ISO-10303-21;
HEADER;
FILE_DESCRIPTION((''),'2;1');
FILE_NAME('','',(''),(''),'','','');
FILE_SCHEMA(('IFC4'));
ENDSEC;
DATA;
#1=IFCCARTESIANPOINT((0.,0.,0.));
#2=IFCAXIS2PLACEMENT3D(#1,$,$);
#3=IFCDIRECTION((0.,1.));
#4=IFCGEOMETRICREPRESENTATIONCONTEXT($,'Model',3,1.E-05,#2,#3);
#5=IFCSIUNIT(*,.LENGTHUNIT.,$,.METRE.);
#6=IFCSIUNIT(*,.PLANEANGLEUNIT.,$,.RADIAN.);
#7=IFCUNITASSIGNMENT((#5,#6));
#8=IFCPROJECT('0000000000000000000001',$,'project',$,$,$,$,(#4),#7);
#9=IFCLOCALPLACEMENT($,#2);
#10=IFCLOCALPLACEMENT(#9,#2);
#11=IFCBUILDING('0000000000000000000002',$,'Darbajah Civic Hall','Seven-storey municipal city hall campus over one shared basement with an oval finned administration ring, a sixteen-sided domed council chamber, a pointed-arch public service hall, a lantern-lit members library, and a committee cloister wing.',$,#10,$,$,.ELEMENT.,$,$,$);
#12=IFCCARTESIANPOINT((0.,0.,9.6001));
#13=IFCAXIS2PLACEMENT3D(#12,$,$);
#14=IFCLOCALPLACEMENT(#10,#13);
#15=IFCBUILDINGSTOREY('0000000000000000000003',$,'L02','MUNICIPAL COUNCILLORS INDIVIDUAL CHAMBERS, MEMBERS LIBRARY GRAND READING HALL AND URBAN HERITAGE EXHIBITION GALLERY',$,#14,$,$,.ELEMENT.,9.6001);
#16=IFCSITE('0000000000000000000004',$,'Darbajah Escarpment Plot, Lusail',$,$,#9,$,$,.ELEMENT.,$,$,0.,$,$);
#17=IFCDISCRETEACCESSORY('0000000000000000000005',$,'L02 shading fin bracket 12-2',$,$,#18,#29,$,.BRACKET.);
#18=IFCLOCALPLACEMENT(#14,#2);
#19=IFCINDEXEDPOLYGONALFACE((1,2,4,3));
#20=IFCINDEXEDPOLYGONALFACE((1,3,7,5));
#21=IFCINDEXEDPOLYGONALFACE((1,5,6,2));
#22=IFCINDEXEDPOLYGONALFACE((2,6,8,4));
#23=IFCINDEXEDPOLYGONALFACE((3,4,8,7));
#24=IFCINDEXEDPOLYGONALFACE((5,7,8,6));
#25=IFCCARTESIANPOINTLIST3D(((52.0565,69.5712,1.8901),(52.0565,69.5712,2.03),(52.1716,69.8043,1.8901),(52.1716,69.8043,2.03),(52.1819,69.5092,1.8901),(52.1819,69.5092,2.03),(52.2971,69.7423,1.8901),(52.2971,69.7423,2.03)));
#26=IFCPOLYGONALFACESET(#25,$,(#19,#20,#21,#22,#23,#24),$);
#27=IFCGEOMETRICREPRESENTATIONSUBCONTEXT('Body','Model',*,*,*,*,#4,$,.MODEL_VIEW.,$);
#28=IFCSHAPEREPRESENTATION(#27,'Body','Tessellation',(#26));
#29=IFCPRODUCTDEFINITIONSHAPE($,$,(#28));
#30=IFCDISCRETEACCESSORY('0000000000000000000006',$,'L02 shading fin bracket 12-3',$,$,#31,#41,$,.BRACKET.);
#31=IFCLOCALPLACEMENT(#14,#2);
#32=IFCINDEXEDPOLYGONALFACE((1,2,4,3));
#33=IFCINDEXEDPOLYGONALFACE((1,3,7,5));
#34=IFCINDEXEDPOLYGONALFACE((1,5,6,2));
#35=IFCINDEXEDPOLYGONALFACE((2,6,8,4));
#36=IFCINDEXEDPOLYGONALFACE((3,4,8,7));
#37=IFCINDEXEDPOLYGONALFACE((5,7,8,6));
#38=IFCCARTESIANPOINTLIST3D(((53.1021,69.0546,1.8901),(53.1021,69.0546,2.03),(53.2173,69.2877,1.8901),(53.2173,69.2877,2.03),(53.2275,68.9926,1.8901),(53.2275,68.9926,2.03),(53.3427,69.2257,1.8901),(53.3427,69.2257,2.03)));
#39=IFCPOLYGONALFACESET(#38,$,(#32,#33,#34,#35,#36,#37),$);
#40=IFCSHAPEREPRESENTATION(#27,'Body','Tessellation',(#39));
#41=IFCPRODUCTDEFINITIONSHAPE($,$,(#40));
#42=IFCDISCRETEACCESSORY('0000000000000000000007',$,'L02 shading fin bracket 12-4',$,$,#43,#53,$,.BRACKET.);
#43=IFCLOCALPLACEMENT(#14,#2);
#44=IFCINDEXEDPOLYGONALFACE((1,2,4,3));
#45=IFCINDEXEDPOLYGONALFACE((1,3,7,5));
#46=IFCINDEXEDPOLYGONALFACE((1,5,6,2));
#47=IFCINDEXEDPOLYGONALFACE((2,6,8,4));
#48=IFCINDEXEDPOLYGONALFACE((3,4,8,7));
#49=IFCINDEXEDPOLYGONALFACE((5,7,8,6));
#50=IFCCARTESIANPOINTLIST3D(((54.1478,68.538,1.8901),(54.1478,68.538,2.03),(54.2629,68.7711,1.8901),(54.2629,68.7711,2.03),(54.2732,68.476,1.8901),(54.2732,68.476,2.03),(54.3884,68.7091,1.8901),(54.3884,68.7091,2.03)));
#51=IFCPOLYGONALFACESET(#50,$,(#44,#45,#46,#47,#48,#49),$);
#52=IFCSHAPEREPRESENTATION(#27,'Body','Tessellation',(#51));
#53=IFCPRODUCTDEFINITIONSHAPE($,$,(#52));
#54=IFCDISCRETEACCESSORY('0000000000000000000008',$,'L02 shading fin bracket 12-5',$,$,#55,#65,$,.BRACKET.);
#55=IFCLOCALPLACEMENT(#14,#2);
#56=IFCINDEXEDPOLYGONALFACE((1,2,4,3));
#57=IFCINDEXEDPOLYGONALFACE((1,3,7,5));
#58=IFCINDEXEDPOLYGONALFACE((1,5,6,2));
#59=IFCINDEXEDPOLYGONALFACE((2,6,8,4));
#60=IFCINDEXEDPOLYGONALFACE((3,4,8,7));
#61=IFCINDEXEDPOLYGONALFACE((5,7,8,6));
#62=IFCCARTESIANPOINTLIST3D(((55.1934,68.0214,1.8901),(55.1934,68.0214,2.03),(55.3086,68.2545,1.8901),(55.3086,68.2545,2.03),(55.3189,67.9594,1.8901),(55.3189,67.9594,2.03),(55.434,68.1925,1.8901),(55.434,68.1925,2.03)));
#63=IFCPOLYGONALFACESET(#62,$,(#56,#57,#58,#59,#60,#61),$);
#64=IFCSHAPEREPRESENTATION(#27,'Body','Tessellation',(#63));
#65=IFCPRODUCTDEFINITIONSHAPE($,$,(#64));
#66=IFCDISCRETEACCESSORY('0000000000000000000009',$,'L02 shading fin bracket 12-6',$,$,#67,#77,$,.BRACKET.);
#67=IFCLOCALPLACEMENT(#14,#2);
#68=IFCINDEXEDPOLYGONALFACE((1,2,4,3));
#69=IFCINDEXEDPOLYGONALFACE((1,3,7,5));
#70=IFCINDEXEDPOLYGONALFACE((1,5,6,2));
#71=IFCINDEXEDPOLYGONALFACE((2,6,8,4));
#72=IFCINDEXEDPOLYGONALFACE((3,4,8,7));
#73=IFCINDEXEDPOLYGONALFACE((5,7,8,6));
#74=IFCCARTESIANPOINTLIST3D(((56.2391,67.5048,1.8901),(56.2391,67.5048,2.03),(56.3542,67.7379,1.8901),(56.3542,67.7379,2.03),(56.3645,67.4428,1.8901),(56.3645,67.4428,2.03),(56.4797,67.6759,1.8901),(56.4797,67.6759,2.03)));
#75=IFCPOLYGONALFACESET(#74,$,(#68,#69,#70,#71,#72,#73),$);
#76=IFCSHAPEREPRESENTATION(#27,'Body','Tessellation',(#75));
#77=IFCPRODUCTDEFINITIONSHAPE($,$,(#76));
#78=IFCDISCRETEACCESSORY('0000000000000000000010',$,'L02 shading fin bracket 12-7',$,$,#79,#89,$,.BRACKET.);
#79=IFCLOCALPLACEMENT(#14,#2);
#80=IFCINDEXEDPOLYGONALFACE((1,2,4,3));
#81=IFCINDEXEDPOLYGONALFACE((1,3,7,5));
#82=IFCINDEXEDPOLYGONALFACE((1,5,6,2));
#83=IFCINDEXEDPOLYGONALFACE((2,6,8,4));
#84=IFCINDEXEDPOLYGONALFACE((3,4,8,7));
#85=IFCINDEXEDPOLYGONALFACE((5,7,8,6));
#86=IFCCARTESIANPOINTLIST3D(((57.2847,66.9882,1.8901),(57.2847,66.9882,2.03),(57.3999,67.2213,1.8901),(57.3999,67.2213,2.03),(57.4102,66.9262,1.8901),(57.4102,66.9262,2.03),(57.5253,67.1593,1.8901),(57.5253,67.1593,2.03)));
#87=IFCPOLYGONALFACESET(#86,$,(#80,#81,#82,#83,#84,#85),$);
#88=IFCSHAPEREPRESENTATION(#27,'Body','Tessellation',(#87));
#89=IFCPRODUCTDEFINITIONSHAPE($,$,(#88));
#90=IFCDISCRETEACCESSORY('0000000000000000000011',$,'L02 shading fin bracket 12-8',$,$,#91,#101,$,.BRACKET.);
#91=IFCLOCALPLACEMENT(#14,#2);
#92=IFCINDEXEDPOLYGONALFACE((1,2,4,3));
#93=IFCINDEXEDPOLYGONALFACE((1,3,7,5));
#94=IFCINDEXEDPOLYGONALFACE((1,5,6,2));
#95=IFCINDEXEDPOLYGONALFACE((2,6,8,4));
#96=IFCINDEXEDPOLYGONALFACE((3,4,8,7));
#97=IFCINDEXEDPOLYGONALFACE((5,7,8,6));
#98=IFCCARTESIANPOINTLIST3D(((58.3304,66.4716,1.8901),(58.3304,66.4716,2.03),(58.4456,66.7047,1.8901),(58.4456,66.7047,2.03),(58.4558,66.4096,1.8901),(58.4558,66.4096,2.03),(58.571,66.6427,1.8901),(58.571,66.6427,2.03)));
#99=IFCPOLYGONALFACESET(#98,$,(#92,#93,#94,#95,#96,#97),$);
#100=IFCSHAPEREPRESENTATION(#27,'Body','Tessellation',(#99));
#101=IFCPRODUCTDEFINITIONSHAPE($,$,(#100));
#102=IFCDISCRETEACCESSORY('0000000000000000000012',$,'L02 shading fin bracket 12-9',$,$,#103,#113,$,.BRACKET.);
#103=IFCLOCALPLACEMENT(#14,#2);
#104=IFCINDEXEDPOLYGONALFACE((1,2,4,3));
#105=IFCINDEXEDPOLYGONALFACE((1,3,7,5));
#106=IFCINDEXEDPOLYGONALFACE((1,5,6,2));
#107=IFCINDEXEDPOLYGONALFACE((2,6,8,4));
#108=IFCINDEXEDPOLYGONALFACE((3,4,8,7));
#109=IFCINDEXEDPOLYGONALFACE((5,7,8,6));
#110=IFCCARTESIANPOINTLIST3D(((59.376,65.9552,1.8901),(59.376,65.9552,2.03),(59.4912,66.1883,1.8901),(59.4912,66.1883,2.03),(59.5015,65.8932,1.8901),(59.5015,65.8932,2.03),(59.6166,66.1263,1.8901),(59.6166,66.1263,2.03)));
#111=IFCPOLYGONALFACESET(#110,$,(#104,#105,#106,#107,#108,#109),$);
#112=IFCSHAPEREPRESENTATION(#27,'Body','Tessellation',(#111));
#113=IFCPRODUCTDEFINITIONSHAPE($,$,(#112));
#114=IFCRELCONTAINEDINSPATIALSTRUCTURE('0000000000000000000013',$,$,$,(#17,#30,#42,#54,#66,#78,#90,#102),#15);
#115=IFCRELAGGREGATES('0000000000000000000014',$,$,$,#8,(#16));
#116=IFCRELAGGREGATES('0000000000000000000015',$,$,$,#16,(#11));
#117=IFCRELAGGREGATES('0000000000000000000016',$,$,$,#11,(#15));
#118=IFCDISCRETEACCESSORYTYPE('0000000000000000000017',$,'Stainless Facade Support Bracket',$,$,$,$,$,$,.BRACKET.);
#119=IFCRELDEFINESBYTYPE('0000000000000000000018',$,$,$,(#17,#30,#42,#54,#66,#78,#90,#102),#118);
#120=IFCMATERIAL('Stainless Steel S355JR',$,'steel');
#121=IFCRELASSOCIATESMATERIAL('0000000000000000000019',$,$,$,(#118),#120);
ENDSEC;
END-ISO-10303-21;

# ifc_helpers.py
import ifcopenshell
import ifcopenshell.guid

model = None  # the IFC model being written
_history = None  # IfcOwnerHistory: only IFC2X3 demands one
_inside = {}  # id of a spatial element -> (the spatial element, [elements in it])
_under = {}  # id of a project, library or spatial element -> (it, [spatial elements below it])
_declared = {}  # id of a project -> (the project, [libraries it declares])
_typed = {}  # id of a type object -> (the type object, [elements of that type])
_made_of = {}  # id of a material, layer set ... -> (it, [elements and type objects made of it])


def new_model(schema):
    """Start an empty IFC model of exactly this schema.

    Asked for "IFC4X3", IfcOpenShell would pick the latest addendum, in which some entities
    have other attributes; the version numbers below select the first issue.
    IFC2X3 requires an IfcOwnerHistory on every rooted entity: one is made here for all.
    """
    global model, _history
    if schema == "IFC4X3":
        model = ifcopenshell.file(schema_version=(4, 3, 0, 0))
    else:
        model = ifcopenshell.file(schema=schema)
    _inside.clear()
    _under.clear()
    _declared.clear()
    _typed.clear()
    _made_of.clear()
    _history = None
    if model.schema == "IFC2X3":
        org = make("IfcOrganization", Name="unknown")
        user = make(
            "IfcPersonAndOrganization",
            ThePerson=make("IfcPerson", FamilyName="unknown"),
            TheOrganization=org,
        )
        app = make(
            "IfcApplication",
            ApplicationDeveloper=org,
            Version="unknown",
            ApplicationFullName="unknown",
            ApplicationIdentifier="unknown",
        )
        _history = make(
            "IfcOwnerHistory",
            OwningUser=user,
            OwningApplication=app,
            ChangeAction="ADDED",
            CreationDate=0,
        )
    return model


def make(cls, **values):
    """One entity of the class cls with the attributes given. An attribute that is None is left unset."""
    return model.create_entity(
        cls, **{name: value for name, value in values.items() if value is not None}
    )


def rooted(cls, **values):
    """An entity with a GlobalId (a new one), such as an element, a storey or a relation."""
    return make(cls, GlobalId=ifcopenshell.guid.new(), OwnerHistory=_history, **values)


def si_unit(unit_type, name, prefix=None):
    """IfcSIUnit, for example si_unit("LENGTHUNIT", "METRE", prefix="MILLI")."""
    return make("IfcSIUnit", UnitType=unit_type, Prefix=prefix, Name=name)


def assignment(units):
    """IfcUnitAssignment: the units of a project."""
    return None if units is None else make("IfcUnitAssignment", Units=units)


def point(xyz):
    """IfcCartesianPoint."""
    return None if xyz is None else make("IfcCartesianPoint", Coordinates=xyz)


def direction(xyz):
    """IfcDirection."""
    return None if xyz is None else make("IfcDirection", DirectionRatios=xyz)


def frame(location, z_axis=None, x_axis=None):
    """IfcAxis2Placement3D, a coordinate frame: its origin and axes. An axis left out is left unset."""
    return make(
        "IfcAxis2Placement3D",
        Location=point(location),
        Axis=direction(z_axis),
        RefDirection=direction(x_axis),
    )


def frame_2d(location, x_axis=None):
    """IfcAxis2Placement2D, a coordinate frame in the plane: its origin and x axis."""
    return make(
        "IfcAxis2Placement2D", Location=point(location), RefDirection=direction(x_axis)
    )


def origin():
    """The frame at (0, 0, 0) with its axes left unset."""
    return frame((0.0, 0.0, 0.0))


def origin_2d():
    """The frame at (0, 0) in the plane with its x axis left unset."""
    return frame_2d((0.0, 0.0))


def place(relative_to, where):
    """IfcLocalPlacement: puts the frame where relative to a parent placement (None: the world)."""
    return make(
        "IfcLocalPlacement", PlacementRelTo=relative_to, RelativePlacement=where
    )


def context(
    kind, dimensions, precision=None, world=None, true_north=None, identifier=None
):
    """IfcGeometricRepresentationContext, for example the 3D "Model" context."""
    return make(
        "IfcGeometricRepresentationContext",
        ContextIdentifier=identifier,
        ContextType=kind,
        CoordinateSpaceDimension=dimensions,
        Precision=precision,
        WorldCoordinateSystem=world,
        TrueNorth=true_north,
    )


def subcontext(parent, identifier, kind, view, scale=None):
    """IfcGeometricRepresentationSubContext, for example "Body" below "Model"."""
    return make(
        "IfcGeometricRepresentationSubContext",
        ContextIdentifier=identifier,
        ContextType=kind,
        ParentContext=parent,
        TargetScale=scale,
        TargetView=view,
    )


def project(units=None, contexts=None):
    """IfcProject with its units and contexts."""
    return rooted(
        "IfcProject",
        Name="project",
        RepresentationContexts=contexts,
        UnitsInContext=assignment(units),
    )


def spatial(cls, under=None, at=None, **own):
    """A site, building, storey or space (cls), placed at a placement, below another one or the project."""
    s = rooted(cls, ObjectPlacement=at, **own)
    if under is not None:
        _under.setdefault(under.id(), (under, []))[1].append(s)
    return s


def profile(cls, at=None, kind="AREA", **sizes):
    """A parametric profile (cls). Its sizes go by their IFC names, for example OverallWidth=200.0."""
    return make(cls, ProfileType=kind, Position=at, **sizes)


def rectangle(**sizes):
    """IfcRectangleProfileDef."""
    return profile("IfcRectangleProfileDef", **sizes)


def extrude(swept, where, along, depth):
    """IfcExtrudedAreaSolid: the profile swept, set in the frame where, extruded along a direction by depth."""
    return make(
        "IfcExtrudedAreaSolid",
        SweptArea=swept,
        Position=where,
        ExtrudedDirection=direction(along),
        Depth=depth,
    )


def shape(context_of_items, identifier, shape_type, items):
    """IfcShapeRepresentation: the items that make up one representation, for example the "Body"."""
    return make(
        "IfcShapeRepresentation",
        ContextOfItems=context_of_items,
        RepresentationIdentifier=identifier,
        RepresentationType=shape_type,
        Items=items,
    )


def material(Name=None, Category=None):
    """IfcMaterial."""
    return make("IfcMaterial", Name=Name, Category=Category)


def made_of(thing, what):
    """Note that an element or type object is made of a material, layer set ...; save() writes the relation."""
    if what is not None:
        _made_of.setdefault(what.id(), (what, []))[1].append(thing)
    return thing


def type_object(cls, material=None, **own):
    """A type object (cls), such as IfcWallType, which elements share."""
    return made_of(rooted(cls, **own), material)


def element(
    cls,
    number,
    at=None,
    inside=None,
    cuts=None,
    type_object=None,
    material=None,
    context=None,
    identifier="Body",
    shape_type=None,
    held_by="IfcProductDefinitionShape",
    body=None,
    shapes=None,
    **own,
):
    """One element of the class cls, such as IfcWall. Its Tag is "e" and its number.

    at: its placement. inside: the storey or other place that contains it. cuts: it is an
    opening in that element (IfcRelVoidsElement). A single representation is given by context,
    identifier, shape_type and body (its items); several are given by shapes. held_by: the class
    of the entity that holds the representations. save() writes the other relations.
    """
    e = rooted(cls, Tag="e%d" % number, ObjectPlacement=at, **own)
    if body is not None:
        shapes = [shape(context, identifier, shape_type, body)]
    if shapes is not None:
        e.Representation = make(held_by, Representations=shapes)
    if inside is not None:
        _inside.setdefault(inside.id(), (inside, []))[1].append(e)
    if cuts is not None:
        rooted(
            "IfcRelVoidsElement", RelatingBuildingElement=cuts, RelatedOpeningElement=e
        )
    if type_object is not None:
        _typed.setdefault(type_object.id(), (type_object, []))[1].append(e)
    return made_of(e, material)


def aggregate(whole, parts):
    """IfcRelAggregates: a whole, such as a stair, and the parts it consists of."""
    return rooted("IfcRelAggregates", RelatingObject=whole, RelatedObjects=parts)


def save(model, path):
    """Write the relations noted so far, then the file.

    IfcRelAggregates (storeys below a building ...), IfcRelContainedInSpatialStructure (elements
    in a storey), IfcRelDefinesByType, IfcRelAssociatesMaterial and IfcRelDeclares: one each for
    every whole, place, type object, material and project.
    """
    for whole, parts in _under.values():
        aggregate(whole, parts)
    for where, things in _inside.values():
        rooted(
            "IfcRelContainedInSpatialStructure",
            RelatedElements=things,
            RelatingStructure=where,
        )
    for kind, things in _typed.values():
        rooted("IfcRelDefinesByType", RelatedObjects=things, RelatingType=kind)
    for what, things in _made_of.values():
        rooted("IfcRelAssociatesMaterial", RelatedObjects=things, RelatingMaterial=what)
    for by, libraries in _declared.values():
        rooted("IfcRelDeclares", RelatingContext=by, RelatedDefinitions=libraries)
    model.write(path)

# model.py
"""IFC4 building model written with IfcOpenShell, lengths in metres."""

from ifc_helpers import new_model, si_unit, direction, frame, origin, origin_2d, place, context, subcontext, project, spatial, rectangle, extrude, material, type_object, element, save


model = new_model("IFC4")

# Units and contexts
model_context = context("Model", 3, precision=1e-05, world=origin(), true_north=direction((0.0, 1.0)))
body_context = subcontext(model_context, "Body", "Model", "MODEL_VIEW")
ifc_project = project(units=[si_unit("LENGTHUNIT", "METRE"), si_unit("PLANEANGLEUNIT", "RADIAN")], contexts=[model_context])

# Site, building, storey
site_placement = place(None, origin())
site = spatial("IfcSite", under=ifc_project, at=site_placement, Name="Darbajah Escarpment Plot, Lusail", CompositionType="ELEMENT", RefElevation=0.0)
building_placement = place(site_placement, origin())
building = spatial("IfcBuilding", under=site, at=building_placement, Name="Darbajah Civic Hall", Description="Seven-storey municipal city hall campus over one shared basement with an oval finned administration ring, a sixteen-sided domed council chamber, a pointed-arch public service hall, a lantern-lit members library, and a committee cloister wing.", CompositionType="ELEMENT")
storey_placement = place(building_placement, frame((0.0, 0.0, 9.6001)))
storey = spatial("IfcBuildingStorey", under=building, at=storey_placement, Name="L02", Description="MUNICIPAL COUNCILLORS INDIVIDUAL CHAMBERS, MEMBERS LIBRARY GRAND READING HALL AND URBAN HERITAGE EXHIBITION GALLERY", CompositionType="ELEMENT", Elevation=9.6001)

# Discrete accessories
ifc_material_1 = material(Name="Stainless Steel S355JR", Category="steel")
discrete_accessory_type = type_object("IfcDiscreteAccessoryType", Name="Stainless Facade Support Bracket", PredefinedType="BRACKET", material=ifc_material_1)
for number, where, z_axis, x_axis, name in (
    (1, (52.1768, 69.6567, 1.8901), (0.0, 0.0, 1.0), (-0.442915, -0.896564, 0.0), "L02 shading fin bracket 12-2"),
    (2, (53.2224, 69.1401, 1.8901), (0.0, 0.0, 1.0), (-0.442915, -0.896564, 0.0), "L02 shading fin bracket 12-3"),
    (3, (54.2681, 68.6235, 1.8901), (0.0, 0.0, 1.0), (-0.442915, -0.896564, 0.0), "L02 shading fin bracket 12-4"),
    (4, (55.3137, 68.1069, 1.8901), (0.0, 0.0, 1.0), (-0.442915, -0.896564, 0.0), "L02 shading fin bracket 12-5"),
    (5, (56.3594, 67.5903, 1.8901), (0.0, 0.0, 1.0), (-0.442915, -0.896564, 0.0), "L02 shading fin bracket 12-6"),
    (6, (57.405, 67.0737, 1.8901), (0.0, 0.0, 1.0), (-0.442915, -0.896564, 0.0), "L02 shading fin bracket 12-7"),
    (7, (58.4507, 66.5571, 1.8901), (0.0, 0.0, 1.0), (-0.442915, -0.896564, 0.0), "L02 shading fin bracket 12-8"),
    (8, (59.4963, 66.0408, 1.8901), (0.0, 0.0, 1.0), (-0.442915, -0.896564, 0.0), "L02 shading fin bracket 12-9"),
):
    element("IfcDiscreteAccessory", number, at=place(storey_placement, frame(where, z_axis=z_axis, x_axis=x_axis)), inside=storey, type_object=discrete_accessory_type, Name=name, PredefinedType="BRACKET", context=body_context, shape_type="SweptSolid", body=[
        extrude(rectangle(XDim=0.26, YDim=0.1399, at=origin_2d()), origin(), (0.0, 0.0, 1.0), 0.1399),
    ])

save(model, "model.ifc")
